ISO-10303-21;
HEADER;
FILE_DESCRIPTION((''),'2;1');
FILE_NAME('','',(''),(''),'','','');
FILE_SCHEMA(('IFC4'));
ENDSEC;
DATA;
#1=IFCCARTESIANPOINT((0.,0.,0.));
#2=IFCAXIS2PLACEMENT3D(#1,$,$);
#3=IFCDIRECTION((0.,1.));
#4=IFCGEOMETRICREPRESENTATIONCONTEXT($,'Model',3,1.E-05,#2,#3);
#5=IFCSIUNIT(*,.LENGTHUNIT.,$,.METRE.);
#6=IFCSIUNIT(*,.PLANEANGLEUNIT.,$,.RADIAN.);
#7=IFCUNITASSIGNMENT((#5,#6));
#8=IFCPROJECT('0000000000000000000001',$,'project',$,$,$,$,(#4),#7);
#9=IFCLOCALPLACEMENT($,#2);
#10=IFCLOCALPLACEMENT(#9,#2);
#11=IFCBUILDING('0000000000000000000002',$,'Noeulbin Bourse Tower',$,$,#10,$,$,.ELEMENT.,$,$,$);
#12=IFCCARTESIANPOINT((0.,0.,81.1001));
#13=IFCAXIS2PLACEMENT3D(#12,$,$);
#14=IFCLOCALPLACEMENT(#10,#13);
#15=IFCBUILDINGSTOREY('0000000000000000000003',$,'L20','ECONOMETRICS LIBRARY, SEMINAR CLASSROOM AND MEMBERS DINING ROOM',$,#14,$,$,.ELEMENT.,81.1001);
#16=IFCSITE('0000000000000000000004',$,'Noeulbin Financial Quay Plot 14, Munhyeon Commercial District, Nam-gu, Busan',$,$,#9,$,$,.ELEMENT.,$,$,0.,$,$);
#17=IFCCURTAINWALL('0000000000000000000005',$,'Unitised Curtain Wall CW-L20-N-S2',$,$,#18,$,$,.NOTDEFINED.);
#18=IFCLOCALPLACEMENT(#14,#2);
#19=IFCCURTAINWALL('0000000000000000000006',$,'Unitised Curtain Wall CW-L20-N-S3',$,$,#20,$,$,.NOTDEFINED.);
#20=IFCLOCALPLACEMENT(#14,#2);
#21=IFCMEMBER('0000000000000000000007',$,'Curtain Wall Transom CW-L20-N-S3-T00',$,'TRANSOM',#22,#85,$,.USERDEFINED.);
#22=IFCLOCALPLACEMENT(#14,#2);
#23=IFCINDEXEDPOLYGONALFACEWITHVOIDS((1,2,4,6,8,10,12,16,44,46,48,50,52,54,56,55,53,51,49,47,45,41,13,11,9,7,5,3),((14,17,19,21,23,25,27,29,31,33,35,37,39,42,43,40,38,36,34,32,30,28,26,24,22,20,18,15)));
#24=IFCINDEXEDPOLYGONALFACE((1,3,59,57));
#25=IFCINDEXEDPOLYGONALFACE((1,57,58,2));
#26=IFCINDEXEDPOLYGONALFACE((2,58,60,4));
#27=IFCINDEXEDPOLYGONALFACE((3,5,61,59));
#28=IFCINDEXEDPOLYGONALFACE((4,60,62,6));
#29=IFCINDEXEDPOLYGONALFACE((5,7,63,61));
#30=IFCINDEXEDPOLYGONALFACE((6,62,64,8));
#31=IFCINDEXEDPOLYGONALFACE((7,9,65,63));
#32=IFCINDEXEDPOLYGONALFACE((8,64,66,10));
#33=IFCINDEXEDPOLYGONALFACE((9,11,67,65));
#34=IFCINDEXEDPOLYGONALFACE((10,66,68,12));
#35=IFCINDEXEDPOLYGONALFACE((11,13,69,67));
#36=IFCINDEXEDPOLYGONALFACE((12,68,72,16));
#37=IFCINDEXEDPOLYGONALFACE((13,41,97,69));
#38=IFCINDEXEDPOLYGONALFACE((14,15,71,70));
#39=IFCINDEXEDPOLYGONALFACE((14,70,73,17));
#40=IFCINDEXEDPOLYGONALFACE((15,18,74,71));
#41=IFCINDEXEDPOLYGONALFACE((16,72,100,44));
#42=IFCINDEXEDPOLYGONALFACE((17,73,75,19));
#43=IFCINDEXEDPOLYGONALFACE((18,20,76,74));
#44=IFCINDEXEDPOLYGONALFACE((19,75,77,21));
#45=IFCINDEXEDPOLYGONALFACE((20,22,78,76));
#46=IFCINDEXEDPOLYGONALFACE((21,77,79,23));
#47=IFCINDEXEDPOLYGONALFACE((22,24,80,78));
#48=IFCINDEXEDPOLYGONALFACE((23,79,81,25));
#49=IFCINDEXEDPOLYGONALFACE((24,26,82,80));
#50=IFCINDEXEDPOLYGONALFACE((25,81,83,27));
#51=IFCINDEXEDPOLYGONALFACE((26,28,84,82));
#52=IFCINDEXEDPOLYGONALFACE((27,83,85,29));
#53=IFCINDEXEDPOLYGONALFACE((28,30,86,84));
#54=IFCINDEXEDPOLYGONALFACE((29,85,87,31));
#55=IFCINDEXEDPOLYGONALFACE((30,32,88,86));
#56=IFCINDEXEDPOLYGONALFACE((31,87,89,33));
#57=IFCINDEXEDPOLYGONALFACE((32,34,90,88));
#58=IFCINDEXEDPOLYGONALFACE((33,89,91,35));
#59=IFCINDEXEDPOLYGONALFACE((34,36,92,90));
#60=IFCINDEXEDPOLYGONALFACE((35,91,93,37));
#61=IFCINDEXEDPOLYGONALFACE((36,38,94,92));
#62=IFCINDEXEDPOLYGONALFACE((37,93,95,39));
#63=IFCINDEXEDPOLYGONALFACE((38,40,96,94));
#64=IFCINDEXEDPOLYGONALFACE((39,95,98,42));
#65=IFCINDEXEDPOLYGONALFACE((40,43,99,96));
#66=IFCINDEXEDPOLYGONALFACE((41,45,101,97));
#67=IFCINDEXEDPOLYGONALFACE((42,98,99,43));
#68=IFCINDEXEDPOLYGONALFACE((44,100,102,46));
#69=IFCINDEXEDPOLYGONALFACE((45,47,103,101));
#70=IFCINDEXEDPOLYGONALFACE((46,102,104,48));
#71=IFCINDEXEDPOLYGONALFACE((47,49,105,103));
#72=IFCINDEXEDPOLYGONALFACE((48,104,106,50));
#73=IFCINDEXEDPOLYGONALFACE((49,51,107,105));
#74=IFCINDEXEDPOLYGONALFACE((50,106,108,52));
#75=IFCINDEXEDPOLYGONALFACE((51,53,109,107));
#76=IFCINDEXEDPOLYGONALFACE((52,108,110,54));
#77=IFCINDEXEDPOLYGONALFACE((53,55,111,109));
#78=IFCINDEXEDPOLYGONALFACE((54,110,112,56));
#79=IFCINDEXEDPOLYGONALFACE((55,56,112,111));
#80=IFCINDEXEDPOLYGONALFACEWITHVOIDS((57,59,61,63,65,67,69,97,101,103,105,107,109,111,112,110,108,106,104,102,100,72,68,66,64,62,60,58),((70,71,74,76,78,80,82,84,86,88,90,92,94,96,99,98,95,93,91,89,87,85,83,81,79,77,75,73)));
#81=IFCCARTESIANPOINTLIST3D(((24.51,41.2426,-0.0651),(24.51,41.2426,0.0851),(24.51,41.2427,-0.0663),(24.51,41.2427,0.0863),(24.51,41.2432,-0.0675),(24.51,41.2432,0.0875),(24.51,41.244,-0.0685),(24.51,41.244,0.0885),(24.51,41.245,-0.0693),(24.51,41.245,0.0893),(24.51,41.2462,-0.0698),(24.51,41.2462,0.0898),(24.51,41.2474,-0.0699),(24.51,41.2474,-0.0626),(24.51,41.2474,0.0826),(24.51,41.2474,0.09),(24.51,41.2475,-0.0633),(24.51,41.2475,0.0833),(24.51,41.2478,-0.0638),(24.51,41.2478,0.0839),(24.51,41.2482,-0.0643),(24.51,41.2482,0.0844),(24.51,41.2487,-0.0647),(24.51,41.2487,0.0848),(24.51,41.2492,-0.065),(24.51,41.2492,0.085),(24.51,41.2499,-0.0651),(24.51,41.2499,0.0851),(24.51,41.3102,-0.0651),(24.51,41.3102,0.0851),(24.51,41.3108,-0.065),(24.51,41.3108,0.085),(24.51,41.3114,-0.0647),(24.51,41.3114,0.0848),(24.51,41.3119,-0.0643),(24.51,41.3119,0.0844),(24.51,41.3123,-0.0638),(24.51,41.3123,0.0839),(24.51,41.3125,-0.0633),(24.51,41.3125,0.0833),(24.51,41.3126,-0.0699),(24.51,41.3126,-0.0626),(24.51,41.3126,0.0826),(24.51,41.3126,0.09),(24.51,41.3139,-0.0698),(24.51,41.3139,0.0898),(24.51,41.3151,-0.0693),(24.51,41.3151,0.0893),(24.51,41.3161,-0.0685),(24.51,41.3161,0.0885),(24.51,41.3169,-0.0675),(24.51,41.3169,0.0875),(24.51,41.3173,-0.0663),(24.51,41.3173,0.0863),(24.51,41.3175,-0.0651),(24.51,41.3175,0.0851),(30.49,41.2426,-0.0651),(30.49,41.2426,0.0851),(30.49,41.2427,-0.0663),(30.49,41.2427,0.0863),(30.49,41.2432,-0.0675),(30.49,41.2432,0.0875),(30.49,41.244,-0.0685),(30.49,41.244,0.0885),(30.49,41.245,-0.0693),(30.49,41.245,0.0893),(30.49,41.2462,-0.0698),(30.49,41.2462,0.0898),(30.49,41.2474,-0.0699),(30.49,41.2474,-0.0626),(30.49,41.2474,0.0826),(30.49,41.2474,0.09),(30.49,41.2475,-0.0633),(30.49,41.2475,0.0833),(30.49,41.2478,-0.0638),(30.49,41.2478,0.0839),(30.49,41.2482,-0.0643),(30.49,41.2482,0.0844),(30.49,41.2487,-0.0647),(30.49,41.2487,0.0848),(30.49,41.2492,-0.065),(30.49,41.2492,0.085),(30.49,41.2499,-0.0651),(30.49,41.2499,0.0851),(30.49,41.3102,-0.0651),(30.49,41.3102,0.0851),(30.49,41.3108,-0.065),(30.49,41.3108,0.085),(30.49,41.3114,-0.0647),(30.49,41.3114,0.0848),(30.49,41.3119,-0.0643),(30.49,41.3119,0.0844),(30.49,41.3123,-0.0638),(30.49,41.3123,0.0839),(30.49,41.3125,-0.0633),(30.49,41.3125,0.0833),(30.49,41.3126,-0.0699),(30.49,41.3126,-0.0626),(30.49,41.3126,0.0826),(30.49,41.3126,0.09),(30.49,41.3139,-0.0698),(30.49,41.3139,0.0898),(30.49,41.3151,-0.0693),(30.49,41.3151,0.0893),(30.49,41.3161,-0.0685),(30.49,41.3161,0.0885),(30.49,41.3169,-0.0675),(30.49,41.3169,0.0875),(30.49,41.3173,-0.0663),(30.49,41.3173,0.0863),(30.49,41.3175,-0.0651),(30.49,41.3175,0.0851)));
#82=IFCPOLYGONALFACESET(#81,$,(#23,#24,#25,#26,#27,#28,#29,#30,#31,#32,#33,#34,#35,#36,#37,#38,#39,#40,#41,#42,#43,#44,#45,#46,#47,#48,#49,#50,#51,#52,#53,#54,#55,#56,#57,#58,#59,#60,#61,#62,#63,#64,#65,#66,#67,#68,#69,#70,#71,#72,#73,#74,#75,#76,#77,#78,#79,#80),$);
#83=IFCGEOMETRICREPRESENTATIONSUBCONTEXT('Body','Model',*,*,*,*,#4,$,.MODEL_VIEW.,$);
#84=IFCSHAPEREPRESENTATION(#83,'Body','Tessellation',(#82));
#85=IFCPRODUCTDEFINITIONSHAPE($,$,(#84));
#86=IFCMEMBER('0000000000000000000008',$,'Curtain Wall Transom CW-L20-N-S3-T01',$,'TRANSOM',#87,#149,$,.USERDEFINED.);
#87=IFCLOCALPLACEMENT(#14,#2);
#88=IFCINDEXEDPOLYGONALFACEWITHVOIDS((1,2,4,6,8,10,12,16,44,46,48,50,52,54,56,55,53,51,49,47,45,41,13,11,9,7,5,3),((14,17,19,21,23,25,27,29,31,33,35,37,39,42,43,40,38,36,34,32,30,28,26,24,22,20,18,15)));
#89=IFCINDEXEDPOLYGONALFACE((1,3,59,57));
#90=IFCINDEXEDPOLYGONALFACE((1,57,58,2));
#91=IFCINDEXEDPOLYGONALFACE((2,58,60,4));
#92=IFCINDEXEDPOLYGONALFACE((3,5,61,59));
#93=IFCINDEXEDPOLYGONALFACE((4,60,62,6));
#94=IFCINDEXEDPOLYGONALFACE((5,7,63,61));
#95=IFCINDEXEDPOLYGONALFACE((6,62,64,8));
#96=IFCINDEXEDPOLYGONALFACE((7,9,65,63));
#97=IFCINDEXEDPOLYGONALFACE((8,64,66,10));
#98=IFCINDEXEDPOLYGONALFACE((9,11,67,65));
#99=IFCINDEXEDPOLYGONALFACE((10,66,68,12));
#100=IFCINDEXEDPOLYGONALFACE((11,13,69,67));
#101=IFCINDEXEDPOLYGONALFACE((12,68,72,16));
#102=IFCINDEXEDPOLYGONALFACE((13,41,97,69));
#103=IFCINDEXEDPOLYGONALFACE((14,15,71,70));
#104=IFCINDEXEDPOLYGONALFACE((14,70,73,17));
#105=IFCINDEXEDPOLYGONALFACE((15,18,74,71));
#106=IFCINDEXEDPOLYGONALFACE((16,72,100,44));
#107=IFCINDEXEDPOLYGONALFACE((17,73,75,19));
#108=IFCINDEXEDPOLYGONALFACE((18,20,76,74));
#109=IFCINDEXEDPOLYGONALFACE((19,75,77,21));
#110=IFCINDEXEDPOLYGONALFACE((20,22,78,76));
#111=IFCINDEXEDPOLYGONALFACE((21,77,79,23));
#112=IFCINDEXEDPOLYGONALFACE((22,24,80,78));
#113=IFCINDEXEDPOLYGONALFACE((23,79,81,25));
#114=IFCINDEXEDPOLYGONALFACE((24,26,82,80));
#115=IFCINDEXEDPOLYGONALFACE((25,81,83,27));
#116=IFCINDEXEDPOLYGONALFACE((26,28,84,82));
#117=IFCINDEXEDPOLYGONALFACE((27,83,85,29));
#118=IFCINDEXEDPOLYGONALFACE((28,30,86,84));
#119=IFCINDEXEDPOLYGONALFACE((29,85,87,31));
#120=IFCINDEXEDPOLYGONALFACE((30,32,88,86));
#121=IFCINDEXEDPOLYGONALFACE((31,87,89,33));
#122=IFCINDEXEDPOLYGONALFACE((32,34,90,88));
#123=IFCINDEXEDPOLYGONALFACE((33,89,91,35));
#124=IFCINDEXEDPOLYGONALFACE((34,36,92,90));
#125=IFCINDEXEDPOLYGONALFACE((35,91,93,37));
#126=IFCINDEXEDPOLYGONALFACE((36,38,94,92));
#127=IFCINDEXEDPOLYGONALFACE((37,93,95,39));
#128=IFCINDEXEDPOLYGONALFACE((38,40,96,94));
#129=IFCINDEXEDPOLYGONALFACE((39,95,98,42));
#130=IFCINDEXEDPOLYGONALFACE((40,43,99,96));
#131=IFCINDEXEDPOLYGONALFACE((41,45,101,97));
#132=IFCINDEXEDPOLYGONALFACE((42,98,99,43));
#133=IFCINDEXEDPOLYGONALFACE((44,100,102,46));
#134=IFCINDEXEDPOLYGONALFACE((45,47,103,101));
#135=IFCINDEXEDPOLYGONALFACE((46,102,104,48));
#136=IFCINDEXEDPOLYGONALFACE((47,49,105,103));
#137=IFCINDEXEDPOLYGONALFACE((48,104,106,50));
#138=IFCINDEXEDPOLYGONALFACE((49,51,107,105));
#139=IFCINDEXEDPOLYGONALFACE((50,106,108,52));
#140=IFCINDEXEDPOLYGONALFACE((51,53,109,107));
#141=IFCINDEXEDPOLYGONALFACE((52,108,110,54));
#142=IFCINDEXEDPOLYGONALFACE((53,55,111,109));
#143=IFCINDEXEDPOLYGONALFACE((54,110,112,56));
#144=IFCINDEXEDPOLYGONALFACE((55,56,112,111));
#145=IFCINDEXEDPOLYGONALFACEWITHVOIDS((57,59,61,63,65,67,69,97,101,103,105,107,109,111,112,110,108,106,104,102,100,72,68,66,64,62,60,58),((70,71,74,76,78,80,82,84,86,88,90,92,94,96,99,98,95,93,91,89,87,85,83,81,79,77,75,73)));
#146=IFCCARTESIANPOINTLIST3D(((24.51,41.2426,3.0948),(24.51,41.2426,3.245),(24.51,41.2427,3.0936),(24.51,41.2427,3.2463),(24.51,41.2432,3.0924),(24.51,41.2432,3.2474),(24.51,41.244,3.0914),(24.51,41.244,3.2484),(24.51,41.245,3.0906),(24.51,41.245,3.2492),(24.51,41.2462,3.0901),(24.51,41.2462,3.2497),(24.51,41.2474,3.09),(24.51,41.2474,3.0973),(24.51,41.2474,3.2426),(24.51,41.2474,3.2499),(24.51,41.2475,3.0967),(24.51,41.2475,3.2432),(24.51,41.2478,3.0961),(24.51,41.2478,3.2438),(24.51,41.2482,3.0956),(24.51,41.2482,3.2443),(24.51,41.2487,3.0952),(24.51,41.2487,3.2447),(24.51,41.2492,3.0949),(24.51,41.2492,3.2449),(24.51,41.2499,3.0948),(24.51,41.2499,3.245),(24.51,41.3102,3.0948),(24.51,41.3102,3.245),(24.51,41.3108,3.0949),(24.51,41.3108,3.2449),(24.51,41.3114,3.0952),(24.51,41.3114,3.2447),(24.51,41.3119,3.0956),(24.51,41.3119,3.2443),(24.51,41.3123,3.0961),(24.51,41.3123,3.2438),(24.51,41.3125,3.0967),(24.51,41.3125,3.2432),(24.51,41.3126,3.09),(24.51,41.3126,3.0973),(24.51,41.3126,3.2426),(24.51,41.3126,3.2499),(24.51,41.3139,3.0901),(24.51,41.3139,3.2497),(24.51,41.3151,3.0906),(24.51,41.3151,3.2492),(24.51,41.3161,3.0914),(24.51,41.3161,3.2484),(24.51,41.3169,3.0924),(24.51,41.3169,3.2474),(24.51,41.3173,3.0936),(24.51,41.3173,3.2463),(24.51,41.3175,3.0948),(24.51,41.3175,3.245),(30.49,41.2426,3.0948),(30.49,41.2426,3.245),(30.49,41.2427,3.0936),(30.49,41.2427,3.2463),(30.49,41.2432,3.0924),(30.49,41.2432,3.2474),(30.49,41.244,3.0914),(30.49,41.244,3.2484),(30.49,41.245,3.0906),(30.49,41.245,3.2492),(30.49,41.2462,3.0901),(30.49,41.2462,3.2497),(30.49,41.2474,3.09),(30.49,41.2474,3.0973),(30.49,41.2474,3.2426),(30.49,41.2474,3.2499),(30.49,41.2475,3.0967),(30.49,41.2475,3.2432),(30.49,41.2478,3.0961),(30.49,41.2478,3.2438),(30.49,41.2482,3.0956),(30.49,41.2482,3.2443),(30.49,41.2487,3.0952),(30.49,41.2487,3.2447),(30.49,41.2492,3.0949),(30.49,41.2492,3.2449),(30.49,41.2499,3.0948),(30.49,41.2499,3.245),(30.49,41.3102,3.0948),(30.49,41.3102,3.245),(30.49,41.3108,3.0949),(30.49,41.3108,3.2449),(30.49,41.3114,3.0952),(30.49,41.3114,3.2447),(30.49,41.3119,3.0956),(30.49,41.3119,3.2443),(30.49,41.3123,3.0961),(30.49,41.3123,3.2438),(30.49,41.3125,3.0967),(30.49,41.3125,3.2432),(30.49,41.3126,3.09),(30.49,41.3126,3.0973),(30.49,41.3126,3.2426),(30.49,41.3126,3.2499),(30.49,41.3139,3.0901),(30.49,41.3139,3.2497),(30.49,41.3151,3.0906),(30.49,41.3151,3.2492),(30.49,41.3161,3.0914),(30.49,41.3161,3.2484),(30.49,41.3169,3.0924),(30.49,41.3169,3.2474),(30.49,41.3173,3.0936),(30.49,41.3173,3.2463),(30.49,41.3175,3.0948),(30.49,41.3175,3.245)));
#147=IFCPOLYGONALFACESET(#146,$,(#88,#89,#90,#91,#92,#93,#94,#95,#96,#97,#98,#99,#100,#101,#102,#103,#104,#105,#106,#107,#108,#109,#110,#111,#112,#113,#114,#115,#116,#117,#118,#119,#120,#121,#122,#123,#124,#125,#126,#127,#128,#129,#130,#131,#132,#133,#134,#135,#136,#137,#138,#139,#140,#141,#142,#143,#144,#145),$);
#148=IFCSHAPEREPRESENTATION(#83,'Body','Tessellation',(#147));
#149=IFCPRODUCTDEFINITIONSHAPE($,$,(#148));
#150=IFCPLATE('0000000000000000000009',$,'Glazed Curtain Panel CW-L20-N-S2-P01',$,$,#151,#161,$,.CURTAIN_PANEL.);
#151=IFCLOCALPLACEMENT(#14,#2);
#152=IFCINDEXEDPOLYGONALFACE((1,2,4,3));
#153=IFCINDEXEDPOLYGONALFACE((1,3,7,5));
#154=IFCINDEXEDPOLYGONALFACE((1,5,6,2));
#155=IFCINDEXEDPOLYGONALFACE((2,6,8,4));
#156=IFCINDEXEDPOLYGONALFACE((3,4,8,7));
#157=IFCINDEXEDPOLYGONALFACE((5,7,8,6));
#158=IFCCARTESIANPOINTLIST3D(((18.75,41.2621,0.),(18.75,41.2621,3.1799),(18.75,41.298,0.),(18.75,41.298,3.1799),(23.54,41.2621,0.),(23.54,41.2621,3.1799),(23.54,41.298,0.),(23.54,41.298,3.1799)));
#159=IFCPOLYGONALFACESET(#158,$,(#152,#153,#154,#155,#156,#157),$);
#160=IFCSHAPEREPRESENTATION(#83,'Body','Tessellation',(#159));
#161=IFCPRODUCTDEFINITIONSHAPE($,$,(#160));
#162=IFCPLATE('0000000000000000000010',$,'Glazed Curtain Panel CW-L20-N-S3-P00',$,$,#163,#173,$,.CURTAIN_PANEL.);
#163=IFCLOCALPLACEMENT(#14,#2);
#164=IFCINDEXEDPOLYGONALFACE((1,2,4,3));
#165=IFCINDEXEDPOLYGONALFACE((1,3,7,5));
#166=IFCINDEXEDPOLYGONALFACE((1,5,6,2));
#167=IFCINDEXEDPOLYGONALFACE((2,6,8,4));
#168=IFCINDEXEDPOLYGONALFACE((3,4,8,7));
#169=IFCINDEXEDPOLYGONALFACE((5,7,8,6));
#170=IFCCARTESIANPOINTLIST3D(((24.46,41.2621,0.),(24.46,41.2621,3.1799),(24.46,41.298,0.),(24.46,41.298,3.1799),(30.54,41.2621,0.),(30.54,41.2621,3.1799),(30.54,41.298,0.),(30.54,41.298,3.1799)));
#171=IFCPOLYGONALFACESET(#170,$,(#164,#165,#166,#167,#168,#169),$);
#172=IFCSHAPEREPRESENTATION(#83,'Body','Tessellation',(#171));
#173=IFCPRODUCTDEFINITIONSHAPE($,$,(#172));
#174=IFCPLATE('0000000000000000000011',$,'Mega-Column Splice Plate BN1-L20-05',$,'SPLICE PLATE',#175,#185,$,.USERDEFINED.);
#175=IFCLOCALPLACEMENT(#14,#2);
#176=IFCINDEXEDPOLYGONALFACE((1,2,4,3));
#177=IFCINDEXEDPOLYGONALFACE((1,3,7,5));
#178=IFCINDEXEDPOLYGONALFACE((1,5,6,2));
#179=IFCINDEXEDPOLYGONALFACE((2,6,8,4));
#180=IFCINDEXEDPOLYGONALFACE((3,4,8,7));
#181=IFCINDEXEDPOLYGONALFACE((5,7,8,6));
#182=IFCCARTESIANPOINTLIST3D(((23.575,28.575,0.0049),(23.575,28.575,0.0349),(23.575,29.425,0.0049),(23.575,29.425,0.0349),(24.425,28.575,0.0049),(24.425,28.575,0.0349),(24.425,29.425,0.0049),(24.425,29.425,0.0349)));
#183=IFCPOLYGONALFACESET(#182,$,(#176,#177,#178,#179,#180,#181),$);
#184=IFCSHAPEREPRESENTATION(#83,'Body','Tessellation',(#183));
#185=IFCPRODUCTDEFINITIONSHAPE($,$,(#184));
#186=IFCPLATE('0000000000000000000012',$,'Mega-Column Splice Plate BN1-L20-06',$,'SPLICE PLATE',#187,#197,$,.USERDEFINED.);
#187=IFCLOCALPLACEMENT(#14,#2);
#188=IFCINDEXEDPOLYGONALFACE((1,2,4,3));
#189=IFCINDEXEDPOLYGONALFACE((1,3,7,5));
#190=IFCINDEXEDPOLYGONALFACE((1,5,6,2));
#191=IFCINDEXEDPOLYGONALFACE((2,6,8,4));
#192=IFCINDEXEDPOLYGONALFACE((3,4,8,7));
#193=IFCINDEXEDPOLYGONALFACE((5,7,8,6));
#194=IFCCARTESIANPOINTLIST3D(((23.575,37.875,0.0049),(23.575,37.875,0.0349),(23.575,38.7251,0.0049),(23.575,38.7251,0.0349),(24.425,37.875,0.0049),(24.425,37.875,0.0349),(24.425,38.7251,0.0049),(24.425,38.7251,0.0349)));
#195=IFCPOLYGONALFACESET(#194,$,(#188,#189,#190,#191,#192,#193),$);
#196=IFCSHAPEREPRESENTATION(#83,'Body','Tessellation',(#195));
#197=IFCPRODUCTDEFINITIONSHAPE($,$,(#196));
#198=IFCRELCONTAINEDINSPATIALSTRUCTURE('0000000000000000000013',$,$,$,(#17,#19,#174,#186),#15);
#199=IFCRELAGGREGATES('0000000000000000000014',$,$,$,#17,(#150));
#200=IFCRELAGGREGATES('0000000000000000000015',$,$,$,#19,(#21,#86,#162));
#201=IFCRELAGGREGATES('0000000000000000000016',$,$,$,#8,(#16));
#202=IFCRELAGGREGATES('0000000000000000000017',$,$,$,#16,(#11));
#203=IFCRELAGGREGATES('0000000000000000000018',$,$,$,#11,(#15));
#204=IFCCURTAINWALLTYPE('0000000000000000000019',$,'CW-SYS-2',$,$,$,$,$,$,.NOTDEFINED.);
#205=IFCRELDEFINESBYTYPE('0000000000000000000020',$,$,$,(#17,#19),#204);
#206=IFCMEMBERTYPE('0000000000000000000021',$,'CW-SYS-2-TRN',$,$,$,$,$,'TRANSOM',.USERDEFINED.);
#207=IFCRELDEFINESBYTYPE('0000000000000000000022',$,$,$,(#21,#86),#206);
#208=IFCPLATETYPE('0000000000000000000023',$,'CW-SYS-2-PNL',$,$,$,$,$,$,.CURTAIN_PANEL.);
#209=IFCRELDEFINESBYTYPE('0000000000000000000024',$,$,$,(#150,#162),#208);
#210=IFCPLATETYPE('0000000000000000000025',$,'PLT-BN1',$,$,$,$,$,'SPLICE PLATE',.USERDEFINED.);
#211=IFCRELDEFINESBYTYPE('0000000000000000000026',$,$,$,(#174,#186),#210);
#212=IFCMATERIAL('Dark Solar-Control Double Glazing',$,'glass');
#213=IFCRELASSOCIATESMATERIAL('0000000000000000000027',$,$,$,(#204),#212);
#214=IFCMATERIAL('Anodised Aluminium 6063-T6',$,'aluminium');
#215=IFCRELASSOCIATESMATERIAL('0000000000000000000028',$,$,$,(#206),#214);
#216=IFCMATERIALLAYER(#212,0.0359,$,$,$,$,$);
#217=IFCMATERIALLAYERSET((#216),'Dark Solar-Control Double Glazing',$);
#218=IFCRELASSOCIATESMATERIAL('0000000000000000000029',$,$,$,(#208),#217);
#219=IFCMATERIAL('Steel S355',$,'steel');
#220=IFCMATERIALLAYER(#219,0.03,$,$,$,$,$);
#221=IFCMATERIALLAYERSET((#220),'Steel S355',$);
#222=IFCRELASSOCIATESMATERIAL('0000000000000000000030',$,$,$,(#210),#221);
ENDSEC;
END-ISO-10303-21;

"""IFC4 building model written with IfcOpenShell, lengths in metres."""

from ifc_helpers import new_model, si_unit, direction, frame, origin, origin_2d, place, context, subcontext, project, spatial, rectangle, hollow_rectangle, extrude, material, layer, layer_set, material_profile, profile_set, type_object, element, aggregate, save


model = new_model("IFC4")

# Units and contexts
model_context = context("Model", 3, precision=1e-05, world=origin(), true_north=direction((0.0, 1.0)))
body_context = subcontext(model_context, "Body", "Model", "MODEL_VIEW")
ifc_project = project(units=[si_unit("LENGTHUNIT", "METRE"), si_unit("PLANEANGLEUNIT", "RADIAN")], contexts=[model_context])

# Site, building, storey
site_placement = place(None, origin())
site = spatial("IfcSite", under=ifc_project, at=site_placement, Name="Noeulbin Financial Quay Plot 14, Munhyeon Commercial District, Nam-gu, Busan", CompositionType="ELEMENT", RefElevation=0.0)
building_placement = place(site_placement, origin())
building = spatial("IfcBuilding", under=site, at=building_placement, Name="Noeulbin Bourse Tower", CompositionType="ELEMENT")
storey_placement = place(building_placement, frame((0.0, 0.0, 81.1001)))
storey = spatial("IfcBuildingStorey", under=building, at=storey_placement, Name="L20", Description="ECONOMETRICS LIBRARY, SEMINAR CLASSROOM AND MEMBERS DINING ROOM", CompositionType="ELEMENT", Elevation=81.1001)

# Shared definitions
ifc_material_1 = material(Name="Steel S355", Category="steel")

# Curtain wall
ifc_material_2 = material(Name="Dark Solar-Control Double Glazing", Category="glass")
curtain_wall_type = type_object("IfcCurtainWallType", Name="CW-SYS-2", PredefinedType="NOTDEFINED", material=ifc_material_2)
curtain_wall_1_placement = place(storey_placement, origin())
curtain_wall_1 = element("IfcCurtainWall", 1, at=curtain_wall_1_placement, inside=storey, type_object=curtain_wall_type, Name="Unitised Curtain Wall CW-L20-N-S2", PredefinedType="NOTDEFINED")
ifc_material_3 = material(Name="Anodised Aluminium 6063-T6", Category="aluminium")

# Curtain wall, members
curtain_wall_2_placement = place(storey_placement, origin())
curtain_wall_2 = element("IfcCurtainWall", 2, at=curtain_wall_2_placement, inside=storey, type_object=curtain_wall_type, Name="Unitised Curtain Wall CW-L20-N-S3", PredefinedType="NOTDEFINED")
ifc_material_profile_1 = material_profile(ifc_material_3, hollow_rectangle(XDim=0.075, YDim=0.1599, WallThickness=0.0049, InnerFilletRadius=0.0024, OuterFilletRadius=0.0049, at=origin_2d()), Name="ALU-TRAN-75x160x5", Category="LoadBearing")
ifc_profile_set_1 = profile_set([ifc_material_profile_1], Name="Anodised Aluminium 6063-T6")
member_type_1 = type_object("IfcMemberType", Name="CW-SYS-2-TRN", ElementType="TRANSOM", PredefinedType="USERDEFINED", material=ifc_profile_set_1)
member_1_placement = place(storey_placement, frame((24.51, 41.28, 0.01), z_axis=(1.0, 0.0, 0.0), x_axis=(0.0, 1.0, 0.0)))
member_1 = element("IfcMember", 3, at=member_1_placement, type_object=member_type_1, Name="Curtain Wall Transom CW-L20-N-S3-T00", ObjectType="TRANSOM", PredefinedType="USERDEFINED", context=body_context, shape_type="SweptSolid", body=[
    extrude(hollow_rectangle(XDim=0.075, YDim=0.1599, WallThickness=0.0049, InnerFilletRadius=0.0024, OuterFilletRadius=0.0049, at=origin_2d()), origin(), (0.0, 0.0, 1.0), 5.98),
])
member_2_placement = place(storey_placement, frame((24.51, 41.28, 3.1699), z_axis=(1.0, 0.0, 0.0), x_axis=(0.0, 1.0, 0.0)))
member_2 = element("IfcMember", 4, at=member_2_placement, type_object=member_type_1, Name="Curtain Wall Transom CW-L20-N-S3-T01", ObjectType="TRANSOM", PredefinedType="USERDEFINED", context=body_context, shape_type="SweptSolid", body=[
    extrude(hollow_rectangle(XDim=0.075, YDim=0.1599, WallThickness=0.0049, InnerFilletRadius=0.0024, OuterFilletRadius=0.0049, at=origin_2d()), origin(), (0.0, 0.0, 1.0), 5.98),
])

# Plates
ifc_layer_1 = layer(ifc_material_2, 0.0359)
ifc_layer_set_1 = layer_set([ifc_layer_1], Name="Dark Solar-Control Double Glazing")
plate_type_1 = type_object("IfcPlateType", Name="CW-SYS-2-PNL", PredefinedType="CURTAIN_PANEL", material=ifc_layer_set_1)
plate_1_placement = place(storey_placement, frame((21.145, 41.28, 0.0), z_axis=(0.0, 0.0, 1.0), x_axis=(1.0, 0.0, 0.0)))
plate_1 = element("IfcPlate", 5, at=plate_1_placement, type_object=plate_type_1, Name="Glazed Curtain Panel CW-L20-N-S2-P01", PredefinedType="CURTAIN_PANEL", context=body_context, shape_type="SweptSolid", body=[
    extrude(rectangle(XDim=4.79, YDim=0.0359, at=origin_2d()), origin(), (0.0, 0.0, 1.0), 3.1799),
])
aggregate(curtain_wall_1, [plate_1])
plate_2_placement = place(storey_placement, frame((27.5, 41.28, 0.0), z_axis=(0.0, 0.0, 1.0), x_axis=(1.0, 0.0, 0.0)))
plate_2 = element("IfcPlate", 6, at=plate_2_placement, type_object=plate_type_1, Name="Glazed Curtain Panel CW-L20-N-S3-P00", PredefinedType="CURTAIN_PANEL", context=body_context, shape_type="SweptSolid", body=[
    extrude(rectangle(XDim=6.0801, YDim=0.0359, at=origin_2d()), origin(), (0.0, 0.0, 1.0), 3.1799),
])
aggregate(curtain_wall_2, [member_1, member_2, plate_2])

# Plates
ifc_layer_2 = layer(ifc_material_1, 0.03)
ifc_layer_set_2 = layer_set([ifc_layer_2], Name="Steel S355")
plate_type_2 = type_object("IfcPlateType", Name="PLT-BN1", ElementType="SPLICE PLATE", PredefinedType="USERDEFINED", material=ifc_layer_set_2)
for number, where, z_axis, x_axis, name in (
    (7, (24.0, 29.0, 0.0049), (0.0, 0.0, 1.0), (1.0, 0.0, 0.0), "Mega-Column Splice Plate BN1-L20-05"),
    (8, (24.0, 38.3, 0.0049), (0.0, 0.0, 1.0), (1.0, 0.0, 0.0), "Mega-Column Splice Plate BN1-L20-06"),
):
    element("IfcPlate", number, at=place(storey_placement, frame(where, z_axis=z_axis, x_axis=x_axis)), inside=storey, type_object=plate_type_2, Name=name, ObjectType="SPLICE PLATE", PredefinedType="USERDEFINED", context=body_context, shape_type="SweptSolid", body=[
        extrude(rectangle(XDim=0.8501, YDim=0.8501, at=origin_2d()), origin(), (0.0, 0.0, 1.0), 0.03),
    ])

save(model, "model.ifc")
